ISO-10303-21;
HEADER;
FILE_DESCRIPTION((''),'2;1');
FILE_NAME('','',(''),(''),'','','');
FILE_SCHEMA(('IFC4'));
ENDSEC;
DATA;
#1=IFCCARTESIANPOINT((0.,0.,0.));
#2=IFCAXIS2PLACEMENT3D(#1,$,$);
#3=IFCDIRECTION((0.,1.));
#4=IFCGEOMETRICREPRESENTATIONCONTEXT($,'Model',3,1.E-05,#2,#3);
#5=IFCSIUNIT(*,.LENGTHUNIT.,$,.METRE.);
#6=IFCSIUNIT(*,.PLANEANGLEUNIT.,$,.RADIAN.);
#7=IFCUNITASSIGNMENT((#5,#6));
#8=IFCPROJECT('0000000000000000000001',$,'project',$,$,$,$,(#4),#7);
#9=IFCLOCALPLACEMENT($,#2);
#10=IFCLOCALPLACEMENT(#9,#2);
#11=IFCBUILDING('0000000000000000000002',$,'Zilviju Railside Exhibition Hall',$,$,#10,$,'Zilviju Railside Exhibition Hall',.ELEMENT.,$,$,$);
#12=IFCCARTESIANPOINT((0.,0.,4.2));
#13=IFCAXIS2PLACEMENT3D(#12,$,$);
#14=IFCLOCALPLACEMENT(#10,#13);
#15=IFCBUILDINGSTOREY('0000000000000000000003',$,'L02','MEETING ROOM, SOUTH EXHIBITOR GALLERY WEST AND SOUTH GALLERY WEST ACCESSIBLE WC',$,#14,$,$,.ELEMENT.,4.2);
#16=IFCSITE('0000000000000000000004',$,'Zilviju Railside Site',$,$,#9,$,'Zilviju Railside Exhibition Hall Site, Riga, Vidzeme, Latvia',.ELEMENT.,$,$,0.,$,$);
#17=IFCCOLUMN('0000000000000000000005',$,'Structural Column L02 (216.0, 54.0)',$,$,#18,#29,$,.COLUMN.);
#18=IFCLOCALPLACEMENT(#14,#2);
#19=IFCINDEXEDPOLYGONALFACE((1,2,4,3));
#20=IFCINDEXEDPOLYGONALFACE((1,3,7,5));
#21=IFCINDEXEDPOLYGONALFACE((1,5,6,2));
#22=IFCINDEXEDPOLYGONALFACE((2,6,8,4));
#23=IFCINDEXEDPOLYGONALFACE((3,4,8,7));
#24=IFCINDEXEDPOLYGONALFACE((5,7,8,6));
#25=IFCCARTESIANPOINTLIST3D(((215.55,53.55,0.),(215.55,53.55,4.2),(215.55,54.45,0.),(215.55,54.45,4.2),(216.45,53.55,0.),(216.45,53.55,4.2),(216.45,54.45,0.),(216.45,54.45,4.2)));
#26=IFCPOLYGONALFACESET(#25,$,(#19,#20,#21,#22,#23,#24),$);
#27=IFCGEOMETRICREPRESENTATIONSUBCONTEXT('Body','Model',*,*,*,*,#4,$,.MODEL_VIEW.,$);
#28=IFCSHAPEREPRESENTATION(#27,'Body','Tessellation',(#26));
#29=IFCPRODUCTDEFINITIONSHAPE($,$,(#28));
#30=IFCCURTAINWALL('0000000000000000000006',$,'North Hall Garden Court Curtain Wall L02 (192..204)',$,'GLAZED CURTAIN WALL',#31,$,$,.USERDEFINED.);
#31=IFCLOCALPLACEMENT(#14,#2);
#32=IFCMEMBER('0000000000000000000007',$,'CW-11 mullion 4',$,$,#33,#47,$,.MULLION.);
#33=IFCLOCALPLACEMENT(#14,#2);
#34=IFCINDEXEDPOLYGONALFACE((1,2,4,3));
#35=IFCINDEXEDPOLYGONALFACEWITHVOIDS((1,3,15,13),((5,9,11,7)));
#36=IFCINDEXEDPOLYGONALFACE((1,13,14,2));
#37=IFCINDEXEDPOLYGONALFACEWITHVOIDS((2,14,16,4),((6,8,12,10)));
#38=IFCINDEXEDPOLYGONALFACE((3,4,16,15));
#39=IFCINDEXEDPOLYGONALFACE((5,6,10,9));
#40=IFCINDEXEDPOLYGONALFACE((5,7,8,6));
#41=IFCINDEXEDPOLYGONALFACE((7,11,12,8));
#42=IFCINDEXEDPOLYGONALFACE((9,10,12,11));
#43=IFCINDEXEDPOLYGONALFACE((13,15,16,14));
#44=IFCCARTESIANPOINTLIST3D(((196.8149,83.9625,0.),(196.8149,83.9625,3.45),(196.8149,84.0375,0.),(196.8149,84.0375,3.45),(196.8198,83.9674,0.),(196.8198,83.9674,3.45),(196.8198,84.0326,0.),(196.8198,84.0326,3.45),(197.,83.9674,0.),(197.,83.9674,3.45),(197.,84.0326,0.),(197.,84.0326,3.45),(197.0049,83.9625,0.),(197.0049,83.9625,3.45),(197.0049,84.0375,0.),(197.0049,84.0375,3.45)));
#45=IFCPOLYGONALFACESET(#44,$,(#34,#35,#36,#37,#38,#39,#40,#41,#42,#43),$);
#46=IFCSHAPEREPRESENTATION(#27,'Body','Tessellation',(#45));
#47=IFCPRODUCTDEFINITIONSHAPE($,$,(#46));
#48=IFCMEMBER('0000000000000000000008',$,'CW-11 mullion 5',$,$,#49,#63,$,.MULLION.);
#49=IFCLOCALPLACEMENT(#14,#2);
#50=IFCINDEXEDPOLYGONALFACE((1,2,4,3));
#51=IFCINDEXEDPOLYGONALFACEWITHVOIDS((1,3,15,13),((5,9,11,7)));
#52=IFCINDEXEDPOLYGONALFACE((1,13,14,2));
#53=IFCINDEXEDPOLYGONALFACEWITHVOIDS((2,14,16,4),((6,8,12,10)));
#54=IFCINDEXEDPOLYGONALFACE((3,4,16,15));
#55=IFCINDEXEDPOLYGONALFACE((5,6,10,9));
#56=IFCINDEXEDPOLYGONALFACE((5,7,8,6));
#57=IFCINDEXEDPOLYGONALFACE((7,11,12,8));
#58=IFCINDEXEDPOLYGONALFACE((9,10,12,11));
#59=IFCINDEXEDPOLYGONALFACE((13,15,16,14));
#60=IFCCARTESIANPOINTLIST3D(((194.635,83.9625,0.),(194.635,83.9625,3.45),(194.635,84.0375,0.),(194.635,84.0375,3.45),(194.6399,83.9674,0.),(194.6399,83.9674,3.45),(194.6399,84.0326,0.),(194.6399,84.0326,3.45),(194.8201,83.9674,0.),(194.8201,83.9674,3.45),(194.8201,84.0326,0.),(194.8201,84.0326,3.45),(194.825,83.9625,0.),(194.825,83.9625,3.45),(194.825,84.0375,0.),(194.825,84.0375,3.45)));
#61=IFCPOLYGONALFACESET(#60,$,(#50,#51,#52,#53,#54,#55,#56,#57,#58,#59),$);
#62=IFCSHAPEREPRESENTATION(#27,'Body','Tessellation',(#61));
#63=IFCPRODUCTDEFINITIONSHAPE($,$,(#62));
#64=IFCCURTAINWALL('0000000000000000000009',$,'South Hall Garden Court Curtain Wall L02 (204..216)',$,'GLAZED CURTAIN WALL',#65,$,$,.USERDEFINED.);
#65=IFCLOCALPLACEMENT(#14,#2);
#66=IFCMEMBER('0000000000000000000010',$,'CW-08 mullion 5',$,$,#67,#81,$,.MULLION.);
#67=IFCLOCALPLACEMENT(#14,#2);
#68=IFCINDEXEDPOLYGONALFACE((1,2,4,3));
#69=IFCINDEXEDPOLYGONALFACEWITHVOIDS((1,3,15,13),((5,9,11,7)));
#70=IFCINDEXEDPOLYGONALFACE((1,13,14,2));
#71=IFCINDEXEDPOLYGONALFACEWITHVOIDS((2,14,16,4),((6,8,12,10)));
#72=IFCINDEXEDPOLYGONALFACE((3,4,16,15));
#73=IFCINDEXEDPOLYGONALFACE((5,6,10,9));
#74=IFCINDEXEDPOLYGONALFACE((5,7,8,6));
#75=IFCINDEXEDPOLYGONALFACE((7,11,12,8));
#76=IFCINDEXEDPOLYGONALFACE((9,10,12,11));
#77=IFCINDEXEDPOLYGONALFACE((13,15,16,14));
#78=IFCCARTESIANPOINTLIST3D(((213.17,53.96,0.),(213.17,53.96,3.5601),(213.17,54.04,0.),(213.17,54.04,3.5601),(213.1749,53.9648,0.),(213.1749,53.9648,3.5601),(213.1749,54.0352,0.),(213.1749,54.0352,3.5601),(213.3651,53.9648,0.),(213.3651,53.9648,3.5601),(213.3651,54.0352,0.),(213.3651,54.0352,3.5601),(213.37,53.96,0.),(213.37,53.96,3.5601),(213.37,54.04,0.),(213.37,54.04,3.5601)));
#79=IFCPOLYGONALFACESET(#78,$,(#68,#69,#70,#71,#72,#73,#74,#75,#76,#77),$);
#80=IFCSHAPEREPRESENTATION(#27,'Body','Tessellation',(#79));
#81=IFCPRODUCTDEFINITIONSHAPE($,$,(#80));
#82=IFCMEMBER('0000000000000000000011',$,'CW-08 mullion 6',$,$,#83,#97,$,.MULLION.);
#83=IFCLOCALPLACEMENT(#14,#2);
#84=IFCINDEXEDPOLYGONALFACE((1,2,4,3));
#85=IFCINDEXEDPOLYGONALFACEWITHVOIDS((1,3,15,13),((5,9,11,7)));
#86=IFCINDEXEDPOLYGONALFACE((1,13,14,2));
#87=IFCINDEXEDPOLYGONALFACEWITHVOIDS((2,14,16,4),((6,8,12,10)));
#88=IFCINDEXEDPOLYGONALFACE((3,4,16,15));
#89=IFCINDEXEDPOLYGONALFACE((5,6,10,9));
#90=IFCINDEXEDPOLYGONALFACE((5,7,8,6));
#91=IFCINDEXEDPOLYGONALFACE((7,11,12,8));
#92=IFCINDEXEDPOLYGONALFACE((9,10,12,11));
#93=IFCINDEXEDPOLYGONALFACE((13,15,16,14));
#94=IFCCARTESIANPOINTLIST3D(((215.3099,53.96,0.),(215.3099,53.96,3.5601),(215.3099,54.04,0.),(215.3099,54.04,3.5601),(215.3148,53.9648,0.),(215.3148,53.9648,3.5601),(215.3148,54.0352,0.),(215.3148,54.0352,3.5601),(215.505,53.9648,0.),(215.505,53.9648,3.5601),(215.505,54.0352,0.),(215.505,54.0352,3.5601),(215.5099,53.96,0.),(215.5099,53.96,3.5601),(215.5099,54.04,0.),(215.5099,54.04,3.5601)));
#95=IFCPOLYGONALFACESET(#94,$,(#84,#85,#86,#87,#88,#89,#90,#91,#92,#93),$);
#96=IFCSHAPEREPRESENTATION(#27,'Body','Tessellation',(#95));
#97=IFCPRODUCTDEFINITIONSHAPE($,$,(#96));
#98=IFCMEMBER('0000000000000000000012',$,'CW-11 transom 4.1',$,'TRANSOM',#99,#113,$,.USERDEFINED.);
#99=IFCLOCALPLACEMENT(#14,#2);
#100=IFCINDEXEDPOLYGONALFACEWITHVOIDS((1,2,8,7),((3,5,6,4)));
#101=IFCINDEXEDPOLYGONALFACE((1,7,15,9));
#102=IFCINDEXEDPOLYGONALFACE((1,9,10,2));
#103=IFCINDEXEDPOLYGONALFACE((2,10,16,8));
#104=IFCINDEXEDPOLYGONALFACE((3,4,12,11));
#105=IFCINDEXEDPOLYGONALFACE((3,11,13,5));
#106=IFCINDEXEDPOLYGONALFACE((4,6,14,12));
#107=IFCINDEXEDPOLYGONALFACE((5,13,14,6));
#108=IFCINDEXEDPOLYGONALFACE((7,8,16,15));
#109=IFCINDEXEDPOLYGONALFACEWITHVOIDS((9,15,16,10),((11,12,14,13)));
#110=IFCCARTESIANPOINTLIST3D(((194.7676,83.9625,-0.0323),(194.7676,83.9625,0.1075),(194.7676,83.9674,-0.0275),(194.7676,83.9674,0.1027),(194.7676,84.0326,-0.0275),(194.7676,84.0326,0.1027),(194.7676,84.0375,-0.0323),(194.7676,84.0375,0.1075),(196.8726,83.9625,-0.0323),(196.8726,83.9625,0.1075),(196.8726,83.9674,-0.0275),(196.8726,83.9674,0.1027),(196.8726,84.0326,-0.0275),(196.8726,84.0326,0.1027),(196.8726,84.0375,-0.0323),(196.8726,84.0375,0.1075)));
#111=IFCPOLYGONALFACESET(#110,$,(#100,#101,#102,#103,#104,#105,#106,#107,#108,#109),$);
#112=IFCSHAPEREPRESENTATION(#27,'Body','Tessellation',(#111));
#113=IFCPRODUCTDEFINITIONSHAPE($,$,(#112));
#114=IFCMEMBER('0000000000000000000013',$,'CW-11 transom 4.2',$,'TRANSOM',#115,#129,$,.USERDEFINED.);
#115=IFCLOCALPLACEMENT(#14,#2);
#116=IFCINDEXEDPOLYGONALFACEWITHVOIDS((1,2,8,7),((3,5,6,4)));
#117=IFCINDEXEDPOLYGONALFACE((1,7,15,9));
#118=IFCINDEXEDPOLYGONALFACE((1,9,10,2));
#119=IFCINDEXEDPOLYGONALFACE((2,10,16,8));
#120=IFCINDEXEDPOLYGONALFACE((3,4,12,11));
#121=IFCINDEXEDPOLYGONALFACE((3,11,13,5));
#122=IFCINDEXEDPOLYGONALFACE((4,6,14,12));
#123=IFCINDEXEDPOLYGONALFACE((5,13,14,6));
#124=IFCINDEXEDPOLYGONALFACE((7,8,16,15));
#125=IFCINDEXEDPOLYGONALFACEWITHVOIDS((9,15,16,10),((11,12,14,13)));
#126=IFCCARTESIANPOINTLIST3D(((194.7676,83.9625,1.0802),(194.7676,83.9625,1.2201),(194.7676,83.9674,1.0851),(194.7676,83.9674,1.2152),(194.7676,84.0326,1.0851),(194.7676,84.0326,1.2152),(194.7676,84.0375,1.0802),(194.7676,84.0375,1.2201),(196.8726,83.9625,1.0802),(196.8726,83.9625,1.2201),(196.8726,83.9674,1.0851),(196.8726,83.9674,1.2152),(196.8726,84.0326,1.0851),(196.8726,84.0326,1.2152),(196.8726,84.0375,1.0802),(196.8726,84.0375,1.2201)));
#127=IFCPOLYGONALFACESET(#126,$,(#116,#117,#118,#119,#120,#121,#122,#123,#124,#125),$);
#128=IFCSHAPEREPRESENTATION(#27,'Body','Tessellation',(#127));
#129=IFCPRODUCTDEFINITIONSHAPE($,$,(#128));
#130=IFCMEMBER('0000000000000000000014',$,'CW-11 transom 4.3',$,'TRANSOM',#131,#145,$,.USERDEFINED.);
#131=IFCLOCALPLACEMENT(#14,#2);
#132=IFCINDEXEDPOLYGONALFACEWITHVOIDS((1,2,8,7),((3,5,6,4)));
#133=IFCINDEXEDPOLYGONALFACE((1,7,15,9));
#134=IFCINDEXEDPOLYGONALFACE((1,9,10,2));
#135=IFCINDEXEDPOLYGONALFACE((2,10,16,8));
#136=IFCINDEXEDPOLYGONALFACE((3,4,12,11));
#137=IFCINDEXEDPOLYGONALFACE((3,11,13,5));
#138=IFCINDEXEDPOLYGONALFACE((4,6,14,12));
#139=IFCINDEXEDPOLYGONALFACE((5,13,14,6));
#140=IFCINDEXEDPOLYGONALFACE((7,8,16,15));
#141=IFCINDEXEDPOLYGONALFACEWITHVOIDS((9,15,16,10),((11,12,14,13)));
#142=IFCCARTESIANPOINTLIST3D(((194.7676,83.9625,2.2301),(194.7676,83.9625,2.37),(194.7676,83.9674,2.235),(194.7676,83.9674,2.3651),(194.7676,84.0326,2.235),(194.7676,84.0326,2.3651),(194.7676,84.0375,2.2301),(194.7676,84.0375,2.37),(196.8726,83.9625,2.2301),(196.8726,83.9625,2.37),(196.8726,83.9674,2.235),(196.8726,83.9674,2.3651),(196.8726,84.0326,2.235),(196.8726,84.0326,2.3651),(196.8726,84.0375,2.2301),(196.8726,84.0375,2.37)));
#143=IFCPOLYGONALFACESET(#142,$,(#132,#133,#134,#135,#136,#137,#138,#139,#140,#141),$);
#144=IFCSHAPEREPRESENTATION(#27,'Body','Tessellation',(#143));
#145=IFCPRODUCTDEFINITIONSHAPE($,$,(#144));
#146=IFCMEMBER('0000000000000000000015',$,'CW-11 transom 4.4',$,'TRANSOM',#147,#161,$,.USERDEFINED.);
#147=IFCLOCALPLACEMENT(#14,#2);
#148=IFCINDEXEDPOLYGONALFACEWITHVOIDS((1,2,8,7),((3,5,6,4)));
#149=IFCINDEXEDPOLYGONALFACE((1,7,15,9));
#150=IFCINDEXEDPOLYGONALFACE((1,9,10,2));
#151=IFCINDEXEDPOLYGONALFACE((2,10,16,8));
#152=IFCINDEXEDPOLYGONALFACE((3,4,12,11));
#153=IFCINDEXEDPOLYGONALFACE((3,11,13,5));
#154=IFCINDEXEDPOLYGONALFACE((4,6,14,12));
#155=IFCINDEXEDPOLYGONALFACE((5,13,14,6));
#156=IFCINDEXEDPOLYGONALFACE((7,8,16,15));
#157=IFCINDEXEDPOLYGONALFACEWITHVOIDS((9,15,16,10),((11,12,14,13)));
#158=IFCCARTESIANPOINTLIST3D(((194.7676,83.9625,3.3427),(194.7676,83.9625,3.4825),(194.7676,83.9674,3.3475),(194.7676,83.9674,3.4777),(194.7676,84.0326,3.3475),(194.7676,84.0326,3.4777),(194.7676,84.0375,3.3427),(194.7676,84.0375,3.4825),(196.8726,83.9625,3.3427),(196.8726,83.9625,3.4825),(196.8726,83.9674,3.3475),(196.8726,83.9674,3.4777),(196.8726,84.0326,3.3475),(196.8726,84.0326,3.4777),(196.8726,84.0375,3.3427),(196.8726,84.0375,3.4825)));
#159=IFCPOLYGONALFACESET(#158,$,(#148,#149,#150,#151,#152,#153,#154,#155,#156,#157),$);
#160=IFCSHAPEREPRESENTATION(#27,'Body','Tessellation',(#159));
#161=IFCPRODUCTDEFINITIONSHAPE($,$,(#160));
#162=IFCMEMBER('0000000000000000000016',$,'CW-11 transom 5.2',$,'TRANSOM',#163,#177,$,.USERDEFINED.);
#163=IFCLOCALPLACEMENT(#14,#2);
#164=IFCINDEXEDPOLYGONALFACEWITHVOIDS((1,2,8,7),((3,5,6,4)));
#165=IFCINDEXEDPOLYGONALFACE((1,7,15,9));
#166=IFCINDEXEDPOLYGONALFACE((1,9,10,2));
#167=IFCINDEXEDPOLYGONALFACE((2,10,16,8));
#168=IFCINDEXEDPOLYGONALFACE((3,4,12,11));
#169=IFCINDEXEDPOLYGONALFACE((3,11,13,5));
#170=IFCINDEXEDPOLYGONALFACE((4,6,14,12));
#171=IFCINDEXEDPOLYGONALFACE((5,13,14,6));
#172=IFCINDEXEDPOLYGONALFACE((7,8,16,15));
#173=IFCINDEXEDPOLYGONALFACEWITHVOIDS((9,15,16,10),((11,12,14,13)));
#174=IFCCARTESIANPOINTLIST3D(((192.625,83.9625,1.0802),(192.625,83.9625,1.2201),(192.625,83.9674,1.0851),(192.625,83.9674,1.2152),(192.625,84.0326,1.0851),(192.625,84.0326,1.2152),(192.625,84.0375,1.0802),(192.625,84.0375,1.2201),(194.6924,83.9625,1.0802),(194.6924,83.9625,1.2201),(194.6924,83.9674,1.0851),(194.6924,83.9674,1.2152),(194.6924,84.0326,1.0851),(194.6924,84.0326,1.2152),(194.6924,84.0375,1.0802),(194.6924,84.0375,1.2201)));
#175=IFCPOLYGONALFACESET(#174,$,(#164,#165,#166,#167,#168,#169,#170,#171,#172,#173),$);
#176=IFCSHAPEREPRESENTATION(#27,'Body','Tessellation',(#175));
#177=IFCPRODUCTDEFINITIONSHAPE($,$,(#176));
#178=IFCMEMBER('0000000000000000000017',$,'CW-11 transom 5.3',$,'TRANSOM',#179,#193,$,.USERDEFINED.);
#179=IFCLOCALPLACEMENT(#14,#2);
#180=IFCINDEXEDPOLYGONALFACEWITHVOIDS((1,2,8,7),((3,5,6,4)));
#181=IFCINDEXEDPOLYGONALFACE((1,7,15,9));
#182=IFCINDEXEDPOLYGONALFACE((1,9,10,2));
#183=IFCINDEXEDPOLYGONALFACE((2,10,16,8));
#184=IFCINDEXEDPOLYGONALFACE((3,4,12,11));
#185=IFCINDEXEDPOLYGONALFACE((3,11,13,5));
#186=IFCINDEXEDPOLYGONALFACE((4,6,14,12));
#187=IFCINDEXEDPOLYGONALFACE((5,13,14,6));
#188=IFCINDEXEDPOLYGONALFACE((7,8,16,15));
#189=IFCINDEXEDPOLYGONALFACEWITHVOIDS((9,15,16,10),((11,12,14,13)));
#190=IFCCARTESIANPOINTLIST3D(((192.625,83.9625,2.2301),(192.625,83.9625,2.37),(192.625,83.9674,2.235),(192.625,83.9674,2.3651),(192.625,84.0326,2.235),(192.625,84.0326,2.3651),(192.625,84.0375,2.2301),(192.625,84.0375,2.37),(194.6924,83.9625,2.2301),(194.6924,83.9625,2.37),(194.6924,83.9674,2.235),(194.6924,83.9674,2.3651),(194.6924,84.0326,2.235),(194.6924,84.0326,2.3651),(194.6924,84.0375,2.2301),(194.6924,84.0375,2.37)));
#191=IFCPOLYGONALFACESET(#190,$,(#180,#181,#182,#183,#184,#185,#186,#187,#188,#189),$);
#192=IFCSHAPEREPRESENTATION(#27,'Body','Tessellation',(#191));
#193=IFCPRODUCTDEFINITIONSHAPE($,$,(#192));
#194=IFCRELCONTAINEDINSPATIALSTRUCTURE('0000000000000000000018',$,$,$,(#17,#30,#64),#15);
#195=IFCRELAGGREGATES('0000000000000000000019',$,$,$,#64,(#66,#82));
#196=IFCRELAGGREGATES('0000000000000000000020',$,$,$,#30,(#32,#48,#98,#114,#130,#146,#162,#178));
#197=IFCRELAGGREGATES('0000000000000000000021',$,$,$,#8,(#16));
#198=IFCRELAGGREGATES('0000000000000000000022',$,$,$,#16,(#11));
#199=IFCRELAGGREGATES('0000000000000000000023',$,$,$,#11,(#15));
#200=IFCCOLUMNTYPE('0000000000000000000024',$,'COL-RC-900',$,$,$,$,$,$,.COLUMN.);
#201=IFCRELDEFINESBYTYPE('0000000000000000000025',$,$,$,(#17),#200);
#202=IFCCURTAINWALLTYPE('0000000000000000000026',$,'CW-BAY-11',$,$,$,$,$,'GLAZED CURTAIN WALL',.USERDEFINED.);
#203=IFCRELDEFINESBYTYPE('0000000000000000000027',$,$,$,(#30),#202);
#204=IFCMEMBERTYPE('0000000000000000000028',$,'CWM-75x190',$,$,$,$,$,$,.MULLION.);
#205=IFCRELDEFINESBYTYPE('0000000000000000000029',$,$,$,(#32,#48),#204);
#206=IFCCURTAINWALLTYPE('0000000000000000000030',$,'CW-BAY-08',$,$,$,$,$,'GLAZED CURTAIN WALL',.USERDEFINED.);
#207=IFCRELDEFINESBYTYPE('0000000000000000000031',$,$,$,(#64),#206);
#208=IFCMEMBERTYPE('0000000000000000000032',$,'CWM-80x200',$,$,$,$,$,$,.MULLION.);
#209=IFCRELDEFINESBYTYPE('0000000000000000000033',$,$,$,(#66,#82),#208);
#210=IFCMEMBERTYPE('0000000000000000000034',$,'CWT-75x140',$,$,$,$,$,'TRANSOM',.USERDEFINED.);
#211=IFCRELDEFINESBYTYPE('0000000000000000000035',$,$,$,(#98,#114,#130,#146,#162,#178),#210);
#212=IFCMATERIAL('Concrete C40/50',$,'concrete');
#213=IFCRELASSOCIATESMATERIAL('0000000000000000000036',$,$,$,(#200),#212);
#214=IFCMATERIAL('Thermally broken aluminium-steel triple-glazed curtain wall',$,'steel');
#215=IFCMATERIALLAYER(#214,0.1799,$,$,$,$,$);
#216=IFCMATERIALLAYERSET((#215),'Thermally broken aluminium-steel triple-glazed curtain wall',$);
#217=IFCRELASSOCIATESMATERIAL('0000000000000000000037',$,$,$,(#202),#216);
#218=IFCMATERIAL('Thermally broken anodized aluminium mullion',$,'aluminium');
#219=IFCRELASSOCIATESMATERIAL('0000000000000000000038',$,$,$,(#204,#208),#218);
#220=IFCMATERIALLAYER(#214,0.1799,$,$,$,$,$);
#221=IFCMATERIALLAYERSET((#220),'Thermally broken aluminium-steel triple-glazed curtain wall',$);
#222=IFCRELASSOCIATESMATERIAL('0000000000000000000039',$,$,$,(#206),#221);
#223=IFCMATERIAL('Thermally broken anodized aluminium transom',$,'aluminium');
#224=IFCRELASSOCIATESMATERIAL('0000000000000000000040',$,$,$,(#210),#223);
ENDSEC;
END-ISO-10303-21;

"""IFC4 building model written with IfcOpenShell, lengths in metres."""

from ifc_helpers import new_model, si_unit, direction, frame, origin, origin_2d, place, context, subcontext, project, spatial, rectangle, hollow_rectangle, extrude, material, layer, layer_set, material_profile, profile_set, type_object, element, aggregate, save


model = new_model("IFC4")

# Units and contexts
model_context = context("Model", 3, precision=1e-05, world=origin(), true_north=direction((0.0, 1.0)))
body_context = subcontext(model_context, "Body", "Model", "MODEL_VIEW")
ifc_project = project(units=[si_unit("LENGTHUNIT", "METRE"), si_unit("PLANEANGLEUNIT", "RADIAN")], contexts=[model_context])

# Site, building, storey
site_placement = place(None, origin())
site = spatial("IfcSite", under=ifc_project, at=site_placement, Name="Zilviju Railside Site", LongName="Zilviju Railside Exhibition Hall Site, Riga, Vidzeme, Latvia", CompositionType="ELEMENT", RefElevation=0.0)
building_placement = place(site_placement, origin())
building = spatial("IfcBuilding", under=site, at=building_placement, Name="Zilviju Railside Exhibition Hall", LongName="Zilviju Railside Exhibition Hall", CompositionType="ELEMENT")
storey_placement = place(building_placement, frame((0.0, 0.0, 4.2)))
storey = spatial("IfcBuildingStorey", under=building, at=storey_placement, Name="L02", Description="MEETING ROOM, SOUTH EXHIBITOR GALLERY WEST AND SOUTH GALLERY WEST ACCESSIBLE WC", CompositionType="ELEMENT", Elevation=4.2)

# Column
ifc_material_1 = material(Name="Concrete C40/50", Category="concrete")
ifc_material_profile_1 = material_profile(ifc_material_1, rectangle(XDim=0.8999, YDim=0.8999, at=origin_2d()), Name="RC COL 900x900")
ifc_profile_set_1 = profile_set([ifc_material_profile_1], Name="Concrete C40/50")
column_type = type_object("IfcColumnType", Name="COL-RC-900", PredefinedType="COLUMN", material=ifc_profile_set_1)
column_placement = place(storey_placement, frame((216.0, 54.0, 0.0), z_axis=(0.0, 0.0, 1.0), x_axis=(1.0, 0.0, 0.0)))
element("IfcColumn", 1, at=column_placement, inside=storey, type_object=column_type, Name="Structural Column L02 (216.0, 54.0)", PredefinedType="COLUMN", context=body_context, shape_type="SweptSolid", body=[
    extrude(rectangle(XDim=0.8999, YDim=0.8999, at=origin_2d()), origin(), (0.0, 0.0, 1.0), 4.2),
])

# Curtain walls, members
ifc_material_2 = material(Name="Thermally broken aluminium-steel triple-glazed curtain wall", Category="steel")
ifc_layer_1 = layer(ifc_material_2, 0.1799)
ifc_layer_set_1 = layer_set([ifc_layer_1], Name="Thermally broken aluminium-steel triple-glazed curtain wall")
curtain_wall_type_1 = type_object("IfcCurtainWallType", Name="CW-BAY-11", ElementType="GLAZED CURTAIN WALL", PredefinedType="USERDEFINED", material=ifc_layer_set_1)
curtain_wall_1_placement = place(storey_placement, origin())
curtain_wall_1 = element("IfcCurtainWall", 2, at=curtain_wall_1_placement, inside=storey, type_object=curtain_wall_type_1, Name="North Hall Garden Court Curtain Wall L02 (192..204)", ObjectType="GLAZED CURTAIN WALL", PredefinedType="USERDEFINED")
ifc_material_3 = material(Name="Thermally broken anodized aluminium mullion", Category="aluminium")
ifc_material_profile_2 = material_profile(ifc_material_3, hollow_rectangle(XDim=0.075, YDim=0.1899, WallThickness=0.0049, at=origin_2d()), Name="MULLION 190x75x5")
ifc_profile_set_2 = profile_set([ifc_material_profile_2], Name="Thermally broken anodized aluminium mullion")
member_type_1 = type_object("IfcMemberType", Name="CWM-75x190", PredefinedType="MULLION", material=ifc_profile_set_2)
member_1_placement = place(storey_placement, frame((196.9099, 84.0, 0.0), z_axis=(0.0, 0.0, 1.0), x_axis=(0.0, -1.0, 0.0)))
member_1 = element("IfcMember", 3, at=member_1_placement, type_object=member_type_1, Name="CW-11 mullion 4", PredefinedType="MULLION", context=body_context, shape_type="SweptSolid", body=[
    extrude(hollow_rectangle(XDim=0.075, YDim=0.1899, WallThickness=0.0049, at=origin_2d()), origin(), (0.0, 0.0, 1.0), 3.45),
])
member_2_placement = place(storey_placement, frame((194.73, 84.0, 0.0), z_axis=(0.0, 0.0, 1.0), x_axis=(0.0, -1.0, 0.0)))
member_2 = element("IfcMember", 4, at=member_2_placement, type_object=member_type_1, Name="CW-11 mullion 5", PredefinedType="MULLION", context=body_context, shape_type="SweptSolid", body=[
    extrude(hollow_rectangle(XDim=0.075, YDim=0.1899, WallThickness=0.0049, at=origin_2d()), origin(), (0.0, 0.0, 1.0), 3.45),
])
ifc_layer_2 = layer(ifc_material_2, 0.1799)
ifc_layer_set_2 = layer_set([ifc_layer_2], Name="Thermally broken aluminium-steel triple-glazed curtain wall")
curtain_wall_type_2 = type_object("IfcCurtainWallType", Name="CW-BAY-08", ElementType="GLAZED CURTAIN WALL", PredefinedType="USERDEFINED", material=ifc_layer_set_2)
curtain_wall_2_placement = place(storey_placement, origin())
curtain_wall_2 = element("IfcCurtainWall", 5, at=curtain_wall_2_placement, inside=storey, type_object=curtain_wall_type_2, Name="South Hall Garden Court Curtain Wall L02 (204..216)", ObjectType="GLAZED CURTAIN WALL", PredefinedType="USERDEFINED")
ifc_material_profile_3 = material_profile(ifc_material_3, hollow_rectangle(XDim=0.0801, YDim=0.2, WallThickness=0.0049, at=origin_2d()), Name="MULLION 200x80x5")
ifc_profile_set_3 = profile_set([ifc_material_profile_3], Name="Thermally broken anodized aluminium mullion")
member_type_2 = type_object("IfcMemberType", Name="CWM-80x200", PredefinedType="MULLION", material=ifc_profile_set_3)
member_3_placement = place(storey_placement, frame((213.27, 54.0, 0.0), z_axis=(0.0, 0.0, 1.0), x_axis=(0.0, 1.0, 0.0)))
member_3 = element("IfcMember", 6, at=member_3_placement, type_object=member_type_2, Name="CW-08 mullion 5", PredefinedType="MULLION", context=body_context, shape_type="SweptSolid", body=[
    extrude(hollow_rectangle(XDim=0.0801, YDim=0.2, WallThickness=0.0049, at=origin_2d()), origin(), (0.0, 0.0, 1.0), 3.5601),
])
member_4_placement = place(storey_placement, frame((215.4099, 54.0, 0.0), z_axis=(0.0, 0.0, 1.0), x_axis=(0.0, 1.0, 0.0)))
member_4 = element("IfcMember", 7, at=member_4_placement, type_object=member_type_2, Name="CW-08 mullion 6", PredefinedType="MULLION", context=body_context, shape_type="SweptSolid", body=[
    extrude(hollow_rectangle(XDim=0.0801, YDim=0.2, WallThickness=0.0049, at=origin_2d()), origin(), (0.0, 0.0, 1.0), 3.5601),
])

# Members
ifc_material_4 = material(Name="Thermally broken anodized aluminium transom", Category="aluminium")
ifc_material_profile_4 = material_profile(ifc_material_4, hollow_rectangle(XDim=0.075, YDim=0.1399, WallThickness=0.0049, at=origin_2d()), Name="TRANSOM 140x75x5")
ifc_profile_set_4 = profile_set([ifc_material_profile_4], Name="Thermally broken anodized aluminium transom")
member_type_3 = type_object("IfcMemberType", Name="CWT-75x140", ElementType="TRANSOM", PredefinedType="USERDEFINED", material=ifc_profile_set_4)
member_5_placement = place(storey_placement, frame((196.8726, 84.0, 0.0376), z_axis=(-1.0, 0.0, 0.0), x_axis=(0.0, -1.0, 0.0)))
member_5 = element("IfcMember", 8, at=member_5_placement, type_object=member_type_3, Name="CW-11 transom 4.1", ObjectType="TRANSOM", PredefinedType="USERDEFINED", context=body_context, shape_type="SweptSolid", body=[
    extrude(hollow_rectangle(XDim=0.075, YDim=0.1399, WallThickness=0.0049, at=origin_2d()), origin(), (0.0, 0.0, 1.0), 2.105),
])
member_6_placement = place(storey_placement, frame((196.8726, 84.0, 1.1501), z_axis=(-1.0, 0.0, 0.0), x_axis=(0.0, -1.0, 0.0)))
member_6 = element("IfcMember", 9, at=member_6_placement, type_object=member_type_3, Name="CW-11 transom 4.2", ObjectType="TRANSOM", PredefinedType="USERDEFINED", context=body_context, shape_type="SweptSolid", body=[
    extrude(hollow_rectangle(XDim=0.075, YDim=0.1399, WallThickness=0.0049, at=origin_2d()), origin(), (0.0, 0.0, 1.0), 2.105),
])
member_7_placement = place(storey_placement, frame((196.8726, 84.0, 2.3), z_axis=(-1.0, 0.0, 0.0), x_axis=(0.0, -1.0, 0.0)))
member_7 = element("IfcMember", 10, at=member_7_placement, type_object=member_type_3, Name="CW-11 transom 4.3", ObjectType="TRANSOM", PredefinedType="USERDEFINED", context=body_context, shape_type="SweptSolid", body=[
    extrude(hollow_rectangle(XDim=0.075, YDim=0.1399, WallThickness=0.0049, at=origin_2d()), origin(), (0.0, 0.0, 1.0), 2.105),
])
member_8_placement = place(storey_placement, frame((196.8726, 84.0, 3.4126), z_axis=(-1.0, 0.0, 0.0), x_axis=(0.0, -1.0, 0.0)))
member_8 = element("IfcMember", 11, at=member_8_placement, type_object=member_type_3, Name="CW-11 transom 4.4", ObjectType="TRANSOM", PredefinedType="USERDEFINED", context=body_context, shape_type="SweptSolid", body=[
    extrude(hollow_rectangle(XDim=0.075, YDim=0.1399, WallThickness=0.0049, at=origin_2d()), origin(), (0.0, 0.0, 1.0), 2.105),
])
member_9_placement = place(storey_placement, frame((194.6924, 84.0, 1.1501), z_axis=(-1.0, 0.0, 0.0), x_axis=(0.0, -1.0, 0.0)))
member_9 = element("IfcMember", 12, at=member_9_placement, type_object=member_type_3, Name="CW-11 transom 5.2", ObjectType="TRANSOM", PredefinedType="USERDEFINED", context=body_context, shape_type="SweptSolid", body=[
    extrude(hollow_rectangle(XDim=0.075, YDim=0.1399, WallThickness=0.0049, at=origin_2d()), origin(), (0.0, 0.0, 1.0), 2.0674),
])
member_10_placement = place(storey_placement, frame((194.6924, 84.0, 2.3), z_axis=(-1.0, 0.0, 0.0), x_axis=(0.0, -1.0, 0.0)))
member_10 = element("IfcMember", 13, at=member_10_placement, type_object=member_type_3, Name="CW-11 transom 5.3", ObjectType="TRANSOM", PredefinedType="USERDEFINED", context=body_context, shape_type="SweptSolid", body=[
    extrude(hollow_rectangle(XDim=0.075, YDim=0.1399, WallThickness=0.0049, at=origin_2d()), origin(), (0.0, 0.0, 1.0), 2.0674),
])

aggregate(curtain_wall_2, [member_3, member_4])
aggregate(curtain_wall_1, [member_1, member_2, member_5, member_6, member_7, member_8, member_9, member_10])

save(model, "model.ifc")
